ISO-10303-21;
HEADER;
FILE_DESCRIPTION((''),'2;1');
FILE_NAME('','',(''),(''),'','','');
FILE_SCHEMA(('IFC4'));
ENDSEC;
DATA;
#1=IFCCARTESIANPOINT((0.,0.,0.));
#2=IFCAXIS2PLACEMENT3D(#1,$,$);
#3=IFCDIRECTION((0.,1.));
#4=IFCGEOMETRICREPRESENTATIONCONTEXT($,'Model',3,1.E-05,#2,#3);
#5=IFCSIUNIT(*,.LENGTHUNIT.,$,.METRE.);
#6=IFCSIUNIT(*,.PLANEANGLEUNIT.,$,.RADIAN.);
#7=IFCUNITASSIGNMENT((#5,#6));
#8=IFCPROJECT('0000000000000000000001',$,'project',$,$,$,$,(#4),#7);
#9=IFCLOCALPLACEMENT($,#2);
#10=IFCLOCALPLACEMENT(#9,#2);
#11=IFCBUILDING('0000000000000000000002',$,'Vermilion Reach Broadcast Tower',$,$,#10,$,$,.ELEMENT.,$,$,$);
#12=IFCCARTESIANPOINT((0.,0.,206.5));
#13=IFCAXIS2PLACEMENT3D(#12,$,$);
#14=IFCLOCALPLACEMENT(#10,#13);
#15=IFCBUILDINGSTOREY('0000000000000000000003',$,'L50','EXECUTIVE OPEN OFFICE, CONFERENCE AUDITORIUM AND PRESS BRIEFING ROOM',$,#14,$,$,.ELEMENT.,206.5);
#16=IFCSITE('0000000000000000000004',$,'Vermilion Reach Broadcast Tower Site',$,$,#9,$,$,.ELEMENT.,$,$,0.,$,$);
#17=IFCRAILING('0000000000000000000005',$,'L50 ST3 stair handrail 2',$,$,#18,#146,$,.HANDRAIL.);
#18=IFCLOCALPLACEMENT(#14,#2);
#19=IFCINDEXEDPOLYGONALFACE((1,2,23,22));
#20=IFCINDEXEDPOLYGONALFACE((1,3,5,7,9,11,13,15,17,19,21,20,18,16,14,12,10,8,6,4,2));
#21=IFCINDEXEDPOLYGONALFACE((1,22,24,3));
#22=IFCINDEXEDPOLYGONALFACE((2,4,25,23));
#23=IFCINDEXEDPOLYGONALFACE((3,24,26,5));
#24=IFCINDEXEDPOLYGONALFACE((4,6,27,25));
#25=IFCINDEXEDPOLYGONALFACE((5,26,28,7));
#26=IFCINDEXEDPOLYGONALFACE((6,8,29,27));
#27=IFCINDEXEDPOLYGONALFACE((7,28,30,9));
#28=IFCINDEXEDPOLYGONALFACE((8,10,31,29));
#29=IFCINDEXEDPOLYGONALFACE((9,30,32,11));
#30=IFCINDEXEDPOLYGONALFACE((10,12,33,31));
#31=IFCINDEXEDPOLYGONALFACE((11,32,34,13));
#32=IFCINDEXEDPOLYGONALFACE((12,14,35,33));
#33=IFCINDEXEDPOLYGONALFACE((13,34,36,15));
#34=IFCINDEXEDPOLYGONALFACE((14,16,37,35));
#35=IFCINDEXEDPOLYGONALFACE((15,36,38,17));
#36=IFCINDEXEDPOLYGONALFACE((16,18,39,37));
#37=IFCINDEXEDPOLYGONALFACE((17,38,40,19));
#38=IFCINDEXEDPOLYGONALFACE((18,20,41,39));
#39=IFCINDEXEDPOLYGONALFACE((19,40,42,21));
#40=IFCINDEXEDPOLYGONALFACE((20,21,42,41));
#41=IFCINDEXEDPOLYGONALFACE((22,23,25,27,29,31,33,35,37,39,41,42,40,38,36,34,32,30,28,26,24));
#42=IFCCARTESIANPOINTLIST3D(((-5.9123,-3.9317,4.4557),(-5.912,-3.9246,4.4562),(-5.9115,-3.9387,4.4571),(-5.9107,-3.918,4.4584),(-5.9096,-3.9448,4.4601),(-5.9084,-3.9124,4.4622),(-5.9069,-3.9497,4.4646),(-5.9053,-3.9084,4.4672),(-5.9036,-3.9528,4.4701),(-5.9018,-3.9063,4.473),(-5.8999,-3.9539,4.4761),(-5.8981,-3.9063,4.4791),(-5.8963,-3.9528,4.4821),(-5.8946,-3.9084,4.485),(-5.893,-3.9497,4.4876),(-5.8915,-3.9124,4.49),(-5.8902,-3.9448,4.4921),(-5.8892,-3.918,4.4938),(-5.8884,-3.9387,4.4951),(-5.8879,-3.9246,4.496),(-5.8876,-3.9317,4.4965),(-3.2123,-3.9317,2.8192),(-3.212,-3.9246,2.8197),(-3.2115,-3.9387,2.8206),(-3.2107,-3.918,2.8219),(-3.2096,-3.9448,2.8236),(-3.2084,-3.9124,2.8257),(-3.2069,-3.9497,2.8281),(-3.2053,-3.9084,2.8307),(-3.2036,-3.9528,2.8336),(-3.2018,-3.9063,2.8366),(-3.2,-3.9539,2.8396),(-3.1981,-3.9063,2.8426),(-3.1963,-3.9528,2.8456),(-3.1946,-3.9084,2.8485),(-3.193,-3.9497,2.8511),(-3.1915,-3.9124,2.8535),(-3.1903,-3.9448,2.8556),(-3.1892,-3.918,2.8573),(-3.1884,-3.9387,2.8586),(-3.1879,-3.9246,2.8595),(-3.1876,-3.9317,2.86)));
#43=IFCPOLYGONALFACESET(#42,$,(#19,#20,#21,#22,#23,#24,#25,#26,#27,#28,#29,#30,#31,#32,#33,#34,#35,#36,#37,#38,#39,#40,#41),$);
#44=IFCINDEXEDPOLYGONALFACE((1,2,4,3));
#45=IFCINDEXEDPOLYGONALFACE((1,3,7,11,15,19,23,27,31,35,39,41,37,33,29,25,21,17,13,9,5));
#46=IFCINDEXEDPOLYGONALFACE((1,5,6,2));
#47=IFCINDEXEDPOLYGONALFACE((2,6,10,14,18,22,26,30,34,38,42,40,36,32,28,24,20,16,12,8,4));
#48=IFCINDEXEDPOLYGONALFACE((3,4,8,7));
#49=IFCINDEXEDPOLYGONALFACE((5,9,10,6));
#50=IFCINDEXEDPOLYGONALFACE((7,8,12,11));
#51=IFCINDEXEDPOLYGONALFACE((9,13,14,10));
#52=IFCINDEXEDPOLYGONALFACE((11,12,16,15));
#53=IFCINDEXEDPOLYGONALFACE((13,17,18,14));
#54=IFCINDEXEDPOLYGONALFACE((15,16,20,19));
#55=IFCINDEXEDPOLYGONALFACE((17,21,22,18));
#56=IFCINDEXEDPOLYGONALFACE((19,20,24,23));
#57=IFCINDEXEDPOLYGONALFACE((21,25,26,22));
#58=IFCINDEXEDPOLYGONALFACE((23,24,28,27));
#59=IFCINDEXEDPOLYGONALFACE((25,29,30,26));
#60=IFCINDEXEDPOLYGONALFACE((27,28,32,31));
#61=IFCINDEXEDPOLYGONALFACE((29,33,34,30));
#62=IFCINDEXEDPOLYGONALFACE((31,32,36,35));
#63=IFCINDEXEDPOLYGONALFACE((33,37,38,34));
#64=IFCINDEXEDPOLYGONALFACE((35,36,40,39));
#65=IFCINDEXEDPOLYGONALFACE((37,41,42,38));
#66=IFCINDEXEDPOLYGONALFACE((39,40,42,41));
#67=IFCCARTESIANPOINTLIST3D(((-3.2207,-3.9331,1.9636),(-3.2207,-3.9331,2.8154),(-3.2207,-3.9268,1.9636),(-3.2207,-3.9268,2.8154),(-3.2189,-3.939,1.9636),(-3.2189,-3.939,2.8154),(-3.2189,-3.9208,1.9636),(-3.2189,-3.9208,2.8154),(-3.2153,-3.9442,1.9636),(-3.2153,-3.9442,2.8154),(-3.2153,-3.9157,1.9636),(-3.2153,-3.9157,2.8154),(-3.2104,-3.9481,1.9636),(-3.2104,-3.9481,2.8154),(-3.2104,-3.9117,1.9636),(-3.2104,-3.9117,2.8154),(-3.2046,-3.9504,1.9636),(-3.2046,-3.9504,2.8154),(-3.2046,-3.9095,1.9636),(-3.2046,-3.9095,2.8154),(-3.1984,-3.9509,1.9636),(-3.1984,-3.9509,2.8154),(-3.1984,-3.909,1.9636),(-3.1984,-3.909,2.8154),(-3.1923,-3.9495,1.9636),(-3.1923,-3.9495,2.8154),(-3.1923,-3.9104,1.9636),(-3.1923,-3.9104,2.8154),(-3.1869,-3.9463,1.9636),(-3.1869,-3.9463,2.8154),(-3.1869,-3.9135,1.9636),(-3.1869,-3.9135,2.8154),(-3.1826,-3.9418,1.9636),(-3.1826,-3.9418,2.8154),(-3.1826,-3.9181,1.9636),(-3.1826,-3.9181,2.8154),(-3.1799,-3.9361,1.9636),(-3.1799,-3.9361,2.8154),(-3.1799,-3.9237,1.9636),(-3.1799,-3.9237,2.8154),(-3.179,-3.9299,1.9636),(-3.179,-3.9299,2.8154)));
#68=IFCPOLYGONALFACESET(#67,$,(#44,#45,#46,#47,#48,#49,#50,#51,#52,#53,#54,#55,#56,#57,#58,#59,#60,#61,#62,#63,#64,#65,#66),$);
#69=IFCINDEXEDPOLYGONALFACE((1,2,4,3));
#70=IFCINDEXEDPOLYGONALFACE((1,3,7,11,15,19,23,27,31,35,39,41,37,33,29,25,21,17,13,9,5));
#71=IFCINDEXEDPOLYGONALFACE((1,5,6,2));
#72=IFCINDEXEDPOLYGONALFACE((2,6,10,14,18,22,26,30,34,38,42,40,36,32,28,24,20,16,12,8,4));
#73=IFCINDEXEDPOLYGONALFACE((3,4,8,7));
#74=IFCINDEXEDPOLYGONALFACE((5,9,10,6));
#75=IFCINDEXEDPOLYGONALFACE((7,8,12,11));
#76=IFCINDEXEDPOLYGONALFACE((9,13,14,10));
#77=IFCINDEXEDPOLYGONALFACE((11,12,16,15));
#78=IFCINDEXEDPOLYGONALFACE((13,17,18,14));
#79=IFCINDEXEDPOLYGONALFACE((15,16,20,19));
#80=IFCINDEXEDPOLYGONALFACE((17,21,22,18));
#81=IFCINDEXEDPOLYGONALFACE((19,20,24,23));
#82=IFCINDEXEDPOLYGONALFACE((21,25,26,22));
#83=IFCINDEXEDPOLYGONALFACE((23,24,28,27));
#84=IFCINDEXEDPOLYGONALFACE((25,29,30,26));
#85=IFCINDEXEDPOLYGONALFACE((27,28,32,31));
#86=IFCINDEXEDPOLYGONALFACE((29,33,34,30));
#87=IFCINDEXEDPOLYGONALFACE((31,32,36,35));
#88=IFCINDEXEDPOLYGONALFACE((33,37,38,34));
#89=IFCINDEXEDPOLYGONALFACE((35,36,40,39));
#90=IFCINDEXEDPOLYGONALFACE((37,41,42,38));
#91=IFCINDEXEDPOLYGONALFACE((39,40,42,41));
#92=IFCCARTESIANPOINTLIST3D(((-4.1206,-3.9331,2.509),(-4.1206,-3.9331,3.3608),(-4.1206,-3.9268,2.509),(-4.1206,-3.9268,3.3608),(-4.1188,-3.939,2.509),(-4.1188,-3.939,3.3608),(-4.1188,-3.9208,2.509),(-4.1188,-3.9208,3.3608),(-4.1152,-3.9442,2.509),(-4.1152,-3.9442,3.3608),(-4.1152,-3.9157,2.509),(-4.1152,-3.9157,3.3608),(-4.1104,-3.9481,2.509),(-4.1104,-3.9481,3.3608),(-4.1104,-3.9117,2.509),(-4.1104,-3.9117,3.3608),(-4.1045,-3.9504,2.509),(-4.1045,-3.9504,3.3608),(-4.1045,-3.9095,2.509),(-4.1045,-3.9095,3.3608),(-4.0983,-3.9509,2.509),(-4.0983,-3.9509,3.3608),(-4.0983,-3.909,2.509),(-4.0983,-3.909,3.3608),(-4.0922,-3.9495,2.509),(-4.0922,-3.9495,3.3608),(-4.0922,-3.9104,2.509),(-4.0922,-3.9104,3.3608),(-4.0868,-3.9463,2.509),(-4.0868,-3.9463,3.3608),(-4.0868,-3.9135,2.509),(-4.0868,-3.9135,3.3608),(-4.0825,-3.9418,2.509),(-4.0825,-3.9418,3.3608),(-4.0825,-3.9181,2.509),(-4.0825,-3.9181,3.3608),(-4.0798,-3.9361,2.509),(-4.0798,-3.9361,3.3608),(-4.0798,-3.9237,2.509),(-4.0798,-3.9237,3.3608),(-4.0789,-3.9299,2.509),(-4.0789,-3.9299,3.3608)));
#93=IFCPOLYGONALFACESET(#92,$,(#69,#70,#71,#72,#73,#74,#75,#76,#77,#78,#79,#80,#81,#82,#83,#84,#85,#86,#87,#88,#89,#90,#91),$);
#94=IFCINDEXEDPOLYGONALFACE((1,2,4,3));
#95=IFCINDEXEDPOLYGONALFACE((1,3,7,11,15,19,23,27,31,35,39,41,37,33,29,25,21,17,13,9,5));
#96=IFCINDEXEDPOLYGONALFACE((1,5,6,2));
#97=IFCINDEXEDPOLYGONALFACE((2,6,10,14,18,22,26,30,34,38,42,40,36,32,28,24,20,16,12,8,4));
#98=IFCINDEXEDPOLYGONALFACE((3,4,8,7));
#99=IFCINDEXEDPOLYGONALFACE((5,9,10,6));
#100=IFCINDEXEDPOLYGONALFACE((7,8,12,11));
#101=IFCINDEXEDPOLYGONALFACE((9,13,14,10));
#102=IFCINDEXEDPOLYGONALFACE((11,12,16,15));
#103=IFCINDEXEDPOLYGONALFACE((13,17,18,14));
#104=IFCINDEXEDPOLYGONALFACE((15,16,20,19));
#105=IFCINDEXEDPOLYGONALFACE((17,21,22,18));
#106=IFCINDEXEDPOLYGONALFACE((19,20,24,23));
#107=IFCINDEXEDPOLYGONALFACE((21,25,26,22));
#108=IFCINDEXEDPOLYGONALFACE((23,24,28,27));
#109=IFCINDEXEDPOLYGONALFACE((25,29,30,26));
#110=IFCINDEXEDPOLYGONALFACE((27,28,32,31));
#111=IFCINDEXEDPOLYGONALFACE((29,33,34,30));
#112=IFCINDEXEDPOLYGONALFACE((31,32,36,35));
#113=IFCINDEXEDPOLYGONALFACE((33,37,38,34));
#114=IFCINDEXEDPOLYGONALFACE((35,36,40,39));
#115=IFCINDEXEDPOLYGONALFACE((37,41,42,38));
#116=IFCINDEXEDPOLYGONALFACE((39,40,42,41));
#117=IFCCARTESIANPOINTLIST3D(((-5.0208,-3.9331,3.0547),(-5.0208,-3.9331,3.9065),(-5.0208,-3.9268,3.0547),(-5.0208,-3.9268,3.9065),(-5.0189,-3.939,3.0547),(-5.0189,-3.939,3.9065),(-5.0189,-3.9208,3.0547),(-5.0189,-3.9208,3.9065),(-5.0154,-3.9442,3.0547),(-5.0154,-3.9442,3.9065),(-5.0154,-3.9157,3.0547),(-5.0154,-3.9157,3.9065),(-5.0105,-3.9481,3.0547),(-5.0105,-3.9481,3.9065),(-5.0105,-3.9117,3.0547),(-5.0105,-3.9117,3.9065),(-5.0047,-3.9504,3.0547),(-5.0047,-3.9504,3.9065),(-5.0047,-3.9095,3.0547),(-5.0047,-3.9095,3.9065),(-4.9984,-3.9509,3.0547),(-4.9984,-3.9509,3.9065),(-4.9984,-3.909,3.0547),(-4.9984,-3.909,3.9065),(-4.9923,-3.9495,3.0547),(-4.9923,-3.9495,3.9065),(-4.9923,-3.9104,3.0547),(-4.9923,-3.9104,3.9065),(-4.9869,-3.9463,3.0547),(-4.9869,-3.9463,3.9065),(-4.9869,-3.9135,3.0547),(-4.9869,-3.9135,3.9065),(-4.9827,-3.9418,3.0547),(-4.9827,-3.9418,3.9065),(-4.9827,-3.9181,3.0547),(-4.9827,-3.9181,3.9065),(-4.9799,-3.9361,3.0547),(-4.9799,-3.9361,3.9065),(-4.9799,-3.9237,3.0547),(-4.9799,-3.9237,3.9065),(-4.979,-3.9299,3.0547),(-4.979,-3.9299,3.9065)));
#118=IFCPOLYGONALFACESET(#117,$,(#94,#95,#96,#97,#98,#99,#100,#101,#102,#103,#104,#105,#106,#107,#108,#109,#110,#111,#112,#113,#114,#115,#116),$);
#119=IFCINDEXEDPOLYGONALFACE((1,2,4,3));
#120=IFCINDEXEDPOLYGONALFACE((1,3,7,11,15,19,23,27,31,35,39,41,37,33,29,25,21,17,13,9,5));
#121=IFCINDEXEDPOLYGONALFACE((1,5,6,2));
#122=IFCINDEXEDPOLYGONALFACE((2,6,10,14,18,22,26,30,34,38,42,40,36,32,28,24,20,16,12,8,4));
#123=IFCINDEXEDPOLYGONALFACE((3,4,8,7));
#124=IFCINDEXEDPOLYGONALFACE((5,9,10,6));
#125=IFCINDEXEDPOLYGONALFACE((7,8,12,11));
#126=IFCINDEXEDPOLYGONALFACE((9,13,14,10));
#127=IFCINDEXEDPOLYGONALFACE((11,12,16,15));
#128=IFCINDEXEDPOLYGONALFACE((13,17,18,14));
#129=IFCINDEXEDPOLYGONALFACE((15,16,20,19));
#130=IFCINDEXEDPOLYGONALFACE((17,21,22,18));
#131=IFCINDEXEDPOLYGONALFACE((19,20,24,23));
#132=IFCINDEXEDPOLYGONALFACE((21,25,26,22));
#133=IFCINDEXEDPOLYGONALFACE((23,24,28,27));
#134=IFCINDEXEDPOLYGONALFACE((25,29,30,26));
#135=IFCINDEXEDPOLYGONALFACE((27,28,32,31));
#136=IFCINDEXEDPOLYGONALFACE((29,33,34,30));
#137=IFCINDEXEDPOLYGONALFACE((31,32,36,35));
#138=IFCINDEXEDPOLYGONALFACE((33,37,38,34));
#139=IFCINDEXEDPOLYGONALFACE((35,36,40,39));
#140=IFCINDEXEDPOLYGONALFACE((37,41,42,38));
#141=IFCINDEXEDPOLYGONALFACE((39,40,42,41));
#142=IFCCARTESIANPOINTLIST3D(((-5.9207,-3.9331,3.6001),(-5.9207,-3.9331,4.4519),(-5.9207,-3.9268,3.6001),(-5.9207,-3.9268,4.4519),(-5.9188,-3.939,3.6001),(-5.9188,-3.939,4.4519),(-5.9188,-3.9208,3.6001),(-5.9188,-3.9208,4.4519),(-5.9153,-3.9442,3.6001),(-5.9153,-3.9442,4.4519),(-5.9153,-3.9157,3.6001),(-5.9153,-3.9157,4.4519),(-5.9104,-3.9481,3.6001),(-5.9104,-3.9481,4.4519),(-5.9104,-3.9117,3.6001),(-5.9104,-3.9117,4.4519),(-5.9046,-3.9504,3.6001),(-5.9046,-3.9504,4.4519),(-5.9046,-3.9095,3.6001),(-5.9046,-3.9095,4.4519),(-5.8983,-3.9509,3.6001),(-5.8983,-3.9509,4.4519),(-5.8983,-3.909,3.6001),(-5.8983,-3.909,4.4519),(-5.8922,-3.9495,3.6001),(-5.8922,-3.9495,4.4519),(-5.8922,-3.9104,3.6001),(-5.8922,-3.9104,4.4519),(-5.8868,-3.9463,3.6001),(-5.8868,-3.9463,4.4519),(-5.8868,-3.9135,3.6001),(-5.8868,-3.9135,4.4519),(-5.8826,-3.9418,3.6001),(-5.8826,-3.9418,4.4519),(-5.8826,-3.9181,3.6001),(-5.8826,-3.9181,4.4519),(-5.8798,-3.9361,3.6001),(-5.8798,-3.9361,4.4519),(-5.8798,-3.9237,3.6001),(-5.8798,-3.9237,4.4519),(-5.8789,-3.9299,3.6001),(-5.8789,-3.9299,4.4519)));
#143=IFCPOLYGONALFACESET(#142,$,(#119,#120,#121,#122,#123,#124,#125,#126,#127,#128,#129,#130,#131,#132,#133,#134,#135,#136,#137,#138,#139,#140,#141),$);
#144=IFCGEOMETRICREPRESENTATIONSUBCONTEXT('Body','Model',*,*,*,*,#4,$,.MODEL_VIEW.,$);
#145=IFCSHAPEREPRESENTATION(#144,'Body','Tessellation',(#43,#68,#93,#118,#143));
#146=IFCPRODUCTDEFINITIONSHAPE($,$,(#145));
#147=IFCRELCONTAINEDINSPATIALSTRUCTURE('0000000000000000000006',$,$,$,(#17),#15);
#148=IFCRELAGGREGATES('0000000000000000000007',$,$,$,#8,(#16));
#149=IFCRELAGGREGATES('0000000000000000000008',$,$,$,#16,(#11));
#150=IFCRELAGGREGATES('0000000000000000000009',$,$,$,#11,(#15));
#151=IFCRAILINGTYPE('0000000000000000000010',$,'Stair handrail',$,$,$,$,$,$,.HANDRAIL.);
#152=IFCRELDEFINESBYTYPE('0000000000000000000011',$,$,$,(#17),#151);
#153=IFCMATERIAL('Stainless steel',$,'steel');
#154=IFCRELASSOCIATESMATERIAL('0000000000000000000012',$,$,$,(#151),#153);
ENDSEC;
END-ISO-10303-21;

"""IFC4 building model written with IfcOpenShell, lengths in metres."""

from ifc_helpers import new_model, si_unit, direction, frame, origin, origin_2d, place, context, subcontext, project, spatial, circle, extrude, material, type_object, element, save


model = new_model("IFC4")

# Units and contexts
model_context = context("Model", 3, precision=1e-05, world=origin(), true_north=direction((0.0, 1.0)))
body_context = subcontext(model_context, "Body", "Model", "MODEL_VIEW")
ifc_project = project(units=[si_unit("LENGTHUNIT", "METRE"), si_unit("PLANEANGLEUNIT", "RADIAN")], contexts=[model_context])

# Site, building, storey
site_placement = place(None, origin())
site = spatial("IfcSite", under=ifc_project, at=site_placement, Name="Vermilion Reach Broadcast Tower Site", CompositionType="ELEMENT", RefElevation=0.0)
building_placement = place(site_placement, origin())
building = spatial("IfcBuilding", under=site, at=building_placement, Name="Vermilion Reach Broadcast Tower", CompositionType="ELEMENT")
storey_placement = place(building_placement, frame((0.0, 0.0, 206.5)))
storey = spatial("IfcBuildingStorey", under=building, at=storey_placement, Name="L50", Description="EXECUTIVE OPEN OFFICE, CONFERENCE AUDITORIUM AND PRESS BRIEFING ROOM", CompositionType="ELEMENT", Elevation=206.5)

# Railing
ifc_material_1 = material(Name="Stainless steel", Category="steel")
railing_type_1 = type_object("IfcRailingType", Name="Stair handrail", PredefinedType="HANDRAIL", material=ifc_material_1)
railing_1_placement = place(storey_placement, frame((-3.2, -3.9299, 1.9636)))
element("IfcRailing", 1, at=railing_1_placement, inside=storey, type_object=railing_type_1, Name="L50 ST3 stair handrail 2", PredefinedType="HANDRAIL", context=body_context, shape_type="SweptSolid", body=[
    extrude(circle(Radius=0.0239, at=origin_2d()), frame((0.0, 0.0, 0.876), z_axis=(-0.855178, 0.0, 0.518334), x_axis=(0.0, -1.0, 0.0)), (0.0, 0.0, 1.0), 3.1572),
    extrude(circle(Radius=0.021, at=origin_2d()), origin(), (0.0, 0.0, 1.0), 0.8518),
    extrude(circle(Radius=0.021, at=origin_2d()), frame((-0.8999, 0.0, 0.5454)), (0.0, 0.0, 1.0), 0.8518),
    extrude(circle(Radius=0.021, at=origin_2d()), frame((-1.8, 0.0, 1.0911)), (0.0, 0.0, 1.0), 0.8518),
    extrude(circle(Radius=0.021, at=origin_2d()), frame((-2.7, 0.0, 1.6365)), (0.0, 0.0, 1.0), 0.8518),
])

save(model, "model.ifc")
